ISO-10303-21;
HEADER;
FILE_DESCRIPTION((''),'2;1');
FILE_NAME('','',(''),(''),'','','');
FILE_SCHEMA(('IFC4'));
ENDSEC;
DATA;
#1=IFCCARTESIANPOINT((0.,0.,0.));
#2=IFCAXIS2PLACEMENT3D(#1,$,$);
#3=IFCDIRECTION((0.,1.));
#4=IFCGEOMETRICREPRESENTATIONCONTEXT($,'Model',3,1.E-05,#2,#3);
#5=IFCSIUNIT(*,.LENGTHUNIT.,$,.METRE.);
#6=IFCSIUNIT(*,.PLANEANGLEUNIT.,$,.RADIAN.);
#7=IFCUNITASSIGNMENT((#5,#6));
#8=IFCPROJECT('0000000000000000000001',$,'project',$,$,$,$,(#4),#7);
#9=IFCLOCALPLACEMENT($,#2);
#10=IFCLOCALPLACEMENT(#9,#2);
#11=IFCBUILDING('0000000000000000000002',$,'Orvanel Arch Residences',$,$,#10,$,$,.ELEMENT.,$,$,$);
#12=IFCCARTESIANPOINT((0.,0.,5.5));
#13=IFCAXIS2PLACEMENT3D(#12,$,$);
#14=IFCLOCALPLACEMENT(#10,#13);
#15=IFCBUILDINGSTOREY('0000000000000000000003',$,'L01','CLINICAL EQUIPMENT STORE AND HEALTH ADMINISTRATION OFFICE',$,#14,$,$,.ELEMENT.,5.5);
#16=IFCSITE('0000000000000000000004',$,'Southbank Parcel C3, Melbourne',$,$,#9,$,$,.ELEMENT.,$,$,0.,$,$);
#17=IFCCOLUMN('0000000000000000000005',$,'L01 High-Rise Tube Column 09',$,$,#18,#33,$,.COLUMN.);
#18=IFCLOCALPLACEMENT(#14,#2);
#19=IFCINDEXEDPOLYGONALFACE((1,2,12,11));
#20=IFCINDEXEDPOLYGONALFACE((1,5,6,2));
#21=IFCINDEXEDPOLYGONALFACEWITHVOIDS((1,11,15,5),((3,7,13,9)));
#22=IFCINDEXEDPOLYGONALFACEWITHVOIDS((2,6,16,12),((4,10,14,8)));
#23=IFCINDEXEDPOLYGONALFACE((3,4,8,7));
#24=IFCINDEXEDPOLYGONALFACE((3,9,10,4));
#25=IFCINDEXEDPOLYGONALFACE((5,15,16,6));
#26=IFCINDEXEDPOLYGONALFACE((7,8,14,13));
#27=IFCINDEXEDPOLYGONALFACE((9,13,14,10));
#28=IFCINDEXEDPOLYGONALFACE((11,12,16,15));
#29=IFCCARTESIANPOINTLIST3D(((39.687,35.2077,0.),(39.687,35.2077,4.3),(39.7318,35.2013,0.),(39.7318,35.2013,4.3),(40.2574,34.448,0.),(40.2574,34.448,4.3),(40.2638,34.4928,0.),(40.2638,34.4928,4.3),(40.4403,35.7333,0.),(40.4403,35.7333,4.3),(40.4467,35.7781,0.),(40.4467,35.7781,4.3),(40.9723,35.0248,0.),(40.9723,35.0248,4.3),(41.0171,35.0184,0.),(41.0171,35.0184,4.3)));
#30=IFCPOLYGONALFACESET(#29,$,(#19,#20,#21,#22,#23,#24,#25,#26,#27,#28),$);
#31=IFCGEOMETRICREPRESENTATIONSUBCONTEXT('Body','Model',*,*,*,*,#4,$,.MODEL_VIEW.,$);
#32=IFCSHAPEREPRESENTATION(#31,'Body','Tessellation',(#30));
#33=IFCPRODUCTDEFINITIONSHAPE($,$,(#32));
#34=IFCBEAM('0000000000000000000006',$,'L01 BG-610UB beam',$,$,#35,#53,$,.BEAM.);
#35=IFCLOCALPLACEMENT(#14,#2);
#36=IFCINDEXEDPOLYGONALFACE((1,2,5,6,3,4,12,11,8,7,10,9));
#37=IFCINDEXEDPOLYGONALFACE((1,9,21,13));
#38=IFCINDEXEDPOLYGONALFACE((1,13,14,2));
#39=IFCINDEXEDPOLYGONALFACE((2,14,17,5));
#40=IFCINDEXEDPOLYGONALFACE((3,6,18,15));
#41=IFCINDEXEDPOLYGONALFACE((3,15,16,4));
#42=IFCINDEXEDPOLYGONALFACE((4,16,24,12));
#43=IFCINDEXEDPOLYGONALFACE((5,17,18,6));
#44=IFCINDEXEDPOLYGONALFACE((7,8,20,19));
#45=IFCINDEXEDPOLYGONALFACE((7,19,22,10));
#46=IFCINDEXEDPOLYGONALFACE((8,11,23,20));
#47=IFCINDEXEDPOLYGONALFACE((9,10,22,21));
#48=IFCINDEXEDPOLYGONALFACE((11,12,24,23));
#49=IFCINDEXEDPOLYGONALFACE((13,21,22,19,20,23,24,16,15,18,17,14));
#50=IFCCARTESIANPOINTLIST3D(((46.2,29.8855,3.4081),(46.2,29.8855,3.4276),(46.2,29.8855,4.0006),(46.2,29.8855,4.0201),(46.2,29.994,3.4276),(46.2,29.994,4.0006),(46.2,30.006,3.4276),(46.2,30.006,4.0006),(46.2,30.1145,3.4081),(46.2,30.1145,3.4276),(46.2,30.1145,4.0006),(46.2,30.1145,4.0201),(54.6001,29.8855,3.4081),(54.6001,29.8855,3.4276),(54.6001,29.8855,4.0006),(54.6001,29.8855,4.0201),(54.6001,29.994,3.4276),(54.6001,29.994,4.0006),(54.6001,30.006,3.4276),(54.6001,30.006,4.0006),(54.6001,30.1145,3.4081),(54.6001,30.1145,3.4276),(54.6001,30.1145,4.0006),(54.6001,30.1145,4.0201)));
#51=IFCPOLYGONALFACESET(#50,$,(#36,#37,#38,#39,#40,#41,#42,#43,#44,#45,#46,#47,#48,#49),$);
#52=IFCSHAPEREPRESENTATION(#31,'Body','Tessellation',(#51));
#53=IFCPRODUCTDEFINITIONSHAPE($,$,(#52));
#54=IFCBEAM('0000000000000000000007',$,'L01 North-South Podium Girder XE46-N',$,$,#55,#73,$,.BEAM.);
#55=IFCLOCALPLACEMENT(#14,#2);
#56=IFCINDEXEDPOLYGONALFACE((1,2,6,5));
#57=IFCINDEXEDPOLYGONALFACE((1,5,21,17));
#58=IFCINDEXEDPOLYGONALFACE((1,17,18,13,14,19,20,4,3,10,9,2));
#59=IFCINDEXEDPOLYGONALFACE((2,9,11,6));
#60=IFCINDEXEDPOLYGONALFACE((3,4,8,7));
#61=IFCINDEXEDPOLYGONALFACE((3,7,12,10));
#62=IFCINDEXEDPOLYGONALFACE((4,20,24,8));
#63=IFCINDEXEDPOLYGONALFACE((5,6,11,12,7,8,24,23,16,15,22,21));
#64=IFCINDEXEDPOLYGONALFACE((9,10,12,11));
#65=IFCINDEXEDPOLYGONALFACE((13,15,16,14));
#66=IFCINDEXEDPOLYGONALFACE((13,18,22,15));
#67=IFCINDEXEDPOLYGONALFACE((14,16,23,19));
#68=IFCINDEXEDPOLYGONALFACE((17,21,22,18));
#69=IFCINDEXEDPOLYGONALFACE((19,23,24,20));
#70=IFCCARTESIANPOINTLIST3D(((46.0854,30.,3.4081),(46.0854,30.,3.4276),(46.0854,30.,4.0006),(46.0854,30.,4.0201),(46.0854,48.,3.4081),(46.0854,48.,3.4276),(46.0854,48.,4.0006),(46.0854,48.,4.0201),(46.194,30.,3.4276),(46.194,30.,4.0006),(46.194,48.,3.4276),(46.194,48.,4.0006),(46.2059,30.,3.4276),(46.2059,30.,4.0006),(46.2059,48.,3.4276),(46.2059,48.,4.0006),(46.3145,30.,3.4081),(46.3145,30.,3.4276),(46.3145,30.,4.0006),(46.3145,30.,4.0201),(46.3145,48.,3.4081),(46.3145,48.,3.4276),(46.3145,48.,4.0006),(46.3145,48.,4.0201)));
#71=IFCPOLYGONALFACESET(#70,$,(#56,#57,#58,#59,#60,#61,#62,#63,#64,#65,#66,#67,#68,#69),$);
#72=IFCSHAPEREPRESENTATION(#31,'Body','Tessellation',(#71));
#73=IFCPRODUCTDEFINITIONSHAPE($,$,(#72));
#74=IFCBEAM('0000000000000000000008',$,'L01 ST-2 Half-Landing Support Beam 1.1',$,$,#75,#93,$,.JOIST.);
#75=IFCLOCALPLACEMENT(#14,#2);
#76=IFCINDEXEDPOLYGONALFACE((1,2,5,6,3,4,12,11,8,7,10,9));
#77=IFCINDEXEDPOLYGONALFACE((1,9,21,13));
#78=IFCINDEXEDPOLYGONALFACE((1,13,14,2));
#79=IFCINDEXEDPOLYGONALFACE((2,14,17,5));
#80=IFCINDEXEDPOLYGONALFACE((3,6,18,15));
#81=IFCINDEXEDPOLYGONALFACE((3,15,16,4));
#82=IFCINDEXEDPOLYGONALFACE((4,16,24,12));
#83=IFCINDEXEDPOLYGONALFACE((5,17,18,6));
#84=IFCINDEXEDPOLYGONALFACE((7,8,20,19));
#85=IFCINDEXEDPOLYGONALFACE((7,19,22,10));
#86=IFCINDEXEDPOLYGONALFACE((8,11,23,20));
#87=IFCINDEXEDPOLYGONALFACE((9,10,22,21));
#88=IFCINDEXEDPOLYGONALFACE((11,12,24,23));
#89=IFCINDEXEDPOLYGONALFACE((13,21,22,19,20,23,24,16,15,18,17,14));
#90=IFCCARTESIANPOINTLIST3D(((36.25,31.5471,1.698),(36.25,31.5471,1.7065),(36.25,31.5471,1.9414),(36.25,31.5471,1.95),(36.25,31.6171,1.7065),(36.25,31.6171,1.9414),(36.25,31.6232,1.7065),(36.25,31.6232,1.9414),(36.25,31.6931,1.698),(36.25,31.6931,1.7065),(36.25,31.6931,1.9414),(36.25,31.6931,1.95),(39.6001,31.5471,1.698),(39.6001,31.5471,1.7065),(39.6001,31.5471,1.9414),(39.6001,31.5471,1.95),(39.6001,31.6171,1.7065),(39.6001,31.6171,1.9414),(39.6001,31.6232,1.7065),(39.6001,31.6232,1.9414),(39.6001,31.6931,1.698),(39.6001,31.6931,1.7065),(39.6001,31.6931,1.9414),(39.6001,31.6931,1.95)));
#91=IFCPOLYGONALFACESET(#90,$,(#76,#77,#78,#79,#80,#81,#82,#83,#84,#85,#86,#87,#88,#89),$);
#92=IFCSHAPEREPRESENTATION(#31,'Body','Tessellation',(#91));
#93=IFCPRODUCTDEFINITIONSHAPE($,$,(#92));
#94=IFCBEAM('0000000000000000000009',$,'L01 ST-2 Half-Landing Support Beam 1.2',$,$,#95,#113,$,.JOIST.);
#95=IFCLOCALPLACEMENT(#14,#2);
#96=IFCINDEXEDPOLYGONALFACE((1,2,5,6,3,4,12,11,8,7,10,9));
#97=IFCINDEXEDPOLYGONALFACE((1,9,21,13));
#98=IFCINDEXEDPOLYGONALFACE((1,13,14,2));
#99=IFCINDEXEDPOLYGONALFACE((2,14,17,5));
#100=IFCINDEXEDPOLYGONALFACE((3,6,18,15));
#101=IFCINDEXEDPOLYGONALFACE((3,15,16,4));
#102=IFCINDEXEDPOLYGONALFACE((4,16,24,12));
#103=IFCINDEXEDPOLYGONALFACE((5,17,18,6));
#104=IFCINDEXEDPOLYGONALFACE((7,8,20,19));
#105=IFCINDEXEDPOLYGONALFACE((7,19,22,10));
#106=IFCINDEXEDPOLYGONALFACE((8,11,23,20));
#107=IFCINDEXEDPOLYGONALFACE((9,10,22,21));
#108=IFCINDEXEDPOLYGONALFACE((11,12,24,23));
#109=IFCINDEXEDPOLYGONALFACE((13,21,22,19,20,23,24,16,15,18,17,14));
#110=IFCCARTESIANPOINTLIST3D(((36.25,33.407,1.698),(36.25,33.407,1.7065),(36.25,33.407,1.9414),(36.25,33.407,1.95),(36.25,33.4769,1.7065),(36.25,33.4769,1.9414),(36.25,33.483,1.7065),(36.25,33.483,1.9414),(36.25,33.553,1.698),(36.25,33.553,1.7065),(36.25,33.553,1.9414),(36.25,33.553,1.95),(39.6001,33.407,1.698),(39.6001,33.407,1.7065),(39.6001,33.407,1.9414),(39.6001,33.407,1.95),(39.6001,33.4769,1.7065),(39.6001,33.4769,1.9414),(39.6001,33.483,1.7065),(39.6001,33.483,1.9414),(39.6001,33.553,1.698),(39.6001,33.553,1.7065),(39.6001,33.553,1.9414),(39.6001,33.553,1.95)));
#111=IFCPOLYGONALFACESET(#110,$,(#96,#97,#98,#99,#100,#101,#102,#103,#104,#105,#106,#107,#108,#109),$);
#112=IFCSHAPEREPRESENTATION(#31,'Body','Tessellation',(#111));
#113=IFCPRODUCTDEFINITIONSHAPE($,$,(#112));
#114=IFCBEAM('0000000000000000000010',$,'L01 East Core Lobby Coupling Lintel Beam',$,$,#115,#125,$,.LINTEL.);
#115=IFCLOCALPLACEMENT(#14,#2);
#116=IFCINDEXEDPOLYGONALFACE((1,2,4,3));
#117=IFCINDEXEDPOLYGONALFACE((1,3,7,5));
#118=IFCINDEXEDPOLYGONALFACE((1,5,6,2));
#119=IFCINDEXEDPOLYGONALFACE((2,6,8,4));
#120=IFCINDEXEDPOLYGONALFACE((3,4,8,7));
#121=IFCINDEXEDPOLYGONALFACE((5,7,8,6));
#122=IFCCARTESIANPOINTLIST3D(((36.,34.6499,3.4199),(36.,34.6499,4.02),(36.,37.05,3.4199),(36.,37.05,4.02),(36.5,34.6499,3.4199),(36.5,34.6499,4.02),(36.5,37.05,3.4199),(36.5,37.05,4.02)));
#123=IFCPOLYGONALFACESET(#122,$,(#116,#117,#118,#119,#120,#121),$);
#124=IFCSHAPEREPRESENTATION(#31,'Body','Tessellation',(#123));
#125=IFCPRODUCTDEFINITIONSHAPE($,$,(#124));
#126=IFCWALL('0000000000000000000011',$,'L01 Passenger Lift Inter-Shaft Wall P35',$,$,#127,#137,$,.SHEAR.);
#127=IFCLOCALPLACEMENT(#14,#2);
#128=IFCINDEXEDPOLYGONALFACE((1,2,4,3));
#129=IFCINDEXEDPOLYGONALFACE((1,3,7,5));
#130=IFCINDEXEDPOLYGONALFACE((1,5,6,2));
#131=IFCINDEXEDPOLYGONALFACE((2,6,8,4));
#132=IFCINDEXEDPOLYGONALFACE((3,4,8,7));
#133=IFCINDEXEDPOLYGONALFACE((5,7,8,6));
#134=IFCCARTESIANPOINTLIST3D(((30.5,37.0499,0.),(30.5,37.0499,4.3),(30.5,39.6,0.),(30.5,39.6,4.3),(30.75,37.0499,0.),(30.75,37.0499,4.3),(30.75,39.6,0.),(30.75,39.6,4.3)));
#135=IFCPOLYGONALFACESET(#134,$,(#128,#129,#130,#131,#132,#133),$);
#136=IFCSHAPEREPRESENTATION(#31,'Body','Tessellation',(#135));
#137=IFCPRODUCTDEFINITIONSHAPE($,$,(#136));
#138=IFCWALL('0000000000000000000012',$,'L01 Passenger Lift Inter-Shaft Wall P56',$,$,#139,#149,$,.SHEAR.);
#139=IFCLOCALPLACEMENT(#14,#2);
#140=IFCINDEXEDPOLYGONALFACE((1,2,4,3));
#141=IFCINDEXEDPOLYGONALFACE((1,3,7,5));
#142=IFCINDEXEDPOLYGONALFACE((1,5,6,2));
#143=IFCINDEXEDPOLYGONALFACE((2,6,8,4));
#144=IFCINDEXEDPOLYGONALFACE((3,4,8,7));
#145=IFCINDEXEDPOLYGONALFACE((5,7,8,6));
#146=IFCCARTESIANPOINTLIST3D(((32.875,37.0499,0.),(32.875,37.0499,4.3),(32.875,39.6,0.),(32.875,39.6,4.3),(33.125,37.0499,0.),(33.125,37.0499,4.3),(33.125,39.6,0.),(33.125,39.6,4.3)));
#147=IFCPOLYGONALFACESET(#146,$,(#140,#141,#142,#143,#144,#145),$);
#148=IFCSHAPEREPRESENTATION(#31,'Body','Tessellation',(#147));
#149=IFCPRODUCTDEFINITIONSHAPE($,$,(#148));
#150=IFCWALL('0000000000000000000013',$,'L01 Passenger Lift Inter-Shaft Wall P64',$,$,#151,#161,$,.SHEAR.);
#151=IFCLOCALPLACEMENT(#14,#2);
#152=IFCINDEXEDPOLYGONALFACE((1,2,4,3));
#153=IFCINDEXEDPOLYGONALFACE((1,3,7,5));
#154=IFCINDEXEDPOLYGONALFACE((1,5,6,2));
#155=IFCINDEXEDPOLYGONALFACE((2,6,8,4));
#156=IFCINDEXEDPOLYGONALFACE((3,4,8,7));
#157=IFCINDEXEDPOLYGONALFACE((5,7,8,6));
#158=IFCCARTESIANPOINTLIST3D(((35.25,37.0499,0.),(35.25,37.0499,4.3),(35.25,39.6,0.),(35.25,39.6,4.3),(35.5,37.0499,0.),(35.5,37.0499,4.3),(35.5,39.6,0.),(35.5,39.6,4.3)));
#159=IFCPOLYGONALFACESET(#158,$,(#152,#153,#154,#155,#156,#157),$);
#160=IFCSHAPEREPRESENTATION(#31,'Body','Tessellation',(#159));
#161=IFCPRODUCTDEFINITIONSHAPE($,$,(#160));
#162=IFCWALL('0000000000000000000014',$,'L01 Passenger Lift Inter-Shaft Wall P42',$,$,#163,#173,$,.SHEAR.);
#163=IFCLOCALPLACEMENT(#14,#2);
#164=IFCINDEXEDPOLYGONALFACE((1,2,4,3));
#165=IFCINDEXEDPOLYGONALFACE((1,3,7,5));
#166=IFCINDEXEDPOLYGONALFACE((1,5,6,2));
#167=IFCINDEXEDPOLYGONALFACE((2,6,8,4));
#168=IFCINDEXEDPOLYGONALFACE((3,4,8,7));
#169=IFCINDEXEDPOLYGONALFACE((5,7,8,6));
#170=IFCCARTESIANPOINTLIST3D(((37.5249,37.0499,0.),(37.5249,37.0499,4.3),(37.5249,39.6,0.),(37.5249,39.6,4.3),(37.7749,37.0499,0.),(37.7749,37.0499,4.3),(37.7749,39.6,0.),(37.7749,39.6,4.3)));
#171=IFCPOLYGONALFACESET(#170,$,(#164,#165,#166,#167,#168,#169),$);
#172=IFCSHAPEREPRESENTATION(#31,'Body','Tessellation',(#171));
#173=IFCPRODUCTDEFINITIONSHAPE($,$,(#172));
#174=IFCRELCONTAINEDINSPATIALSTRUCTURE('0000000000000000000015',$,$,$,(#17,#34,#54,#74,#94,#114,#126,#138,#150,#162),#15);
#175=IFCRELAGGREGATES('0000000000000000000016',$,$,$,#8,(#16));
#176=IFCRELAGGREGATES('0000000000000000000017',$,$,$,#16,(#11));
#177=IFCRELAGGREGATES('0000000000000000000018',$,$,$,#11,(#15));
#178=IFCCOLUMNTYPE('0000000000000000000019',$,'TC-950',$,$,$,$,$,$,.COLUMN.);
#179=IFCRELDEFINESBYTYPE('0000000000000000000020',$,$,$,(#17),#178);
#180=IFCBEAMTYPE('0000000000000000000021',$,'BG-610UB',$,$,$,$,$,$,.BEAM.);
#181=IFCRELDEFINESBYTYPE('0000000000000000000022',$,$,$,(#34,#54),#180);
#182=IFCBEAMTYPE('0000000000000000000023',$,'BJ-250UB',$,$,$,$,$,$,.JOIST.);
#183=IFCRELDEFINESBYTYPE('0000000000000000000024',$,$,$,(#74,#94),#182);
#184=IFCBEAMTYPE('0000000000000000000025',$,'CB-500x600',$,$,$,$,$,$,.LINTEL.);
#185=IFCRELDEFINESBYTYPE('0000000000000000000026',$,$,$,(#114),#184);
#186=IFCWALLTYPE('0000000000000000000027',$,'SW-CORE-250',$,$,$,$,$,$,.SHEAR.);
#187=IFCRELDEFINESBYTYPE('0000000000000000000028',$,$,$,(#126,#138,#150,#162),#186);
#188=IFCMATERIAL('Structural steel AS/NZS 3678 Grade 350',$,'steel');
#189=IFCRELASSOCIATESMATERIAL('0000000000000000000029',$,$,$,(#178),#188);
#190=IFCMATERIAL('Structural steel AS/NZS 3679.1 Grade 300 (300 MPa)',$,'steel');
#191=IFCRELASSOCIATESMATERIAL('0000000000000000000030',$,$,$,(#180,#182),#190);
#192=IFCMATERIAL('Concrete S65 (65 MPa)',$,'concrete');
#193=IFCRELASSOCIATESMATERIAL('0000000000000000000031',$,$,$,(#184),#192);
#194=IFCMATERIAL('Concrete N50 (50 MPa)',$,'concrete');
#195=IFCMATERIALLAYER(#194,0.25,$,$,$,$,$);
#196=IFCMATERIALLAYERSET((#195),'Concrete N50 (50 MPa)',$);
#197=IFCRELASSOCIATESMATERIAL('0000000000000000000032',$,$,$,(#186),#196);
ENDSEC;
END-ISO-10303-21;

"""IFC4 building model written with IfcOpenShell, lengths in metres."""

from ifc_helpers import new_model, si_unit, direction, frame, frame_2d, origin, origin_2d, place, context, subcontext, project, spatial, rectangle, hollow_rectangle, i_section, extrude, material, layer, layer_set, material_profile, profile_set, type_object, element, save


model = new_model("IFC4")

# Units and contexts
model_context = context("Model", 3, precision=1e-05, world=origin(), true_north=direction((0.0, 1.0)))
body_context = subcontext(model_context, "Body", "Model", "MODEL_VIEW")
ifc_project = project(units=[si_unit("LENGTHUNIT", "METRE"), si_unit("PLANEANGLEUNIT", "RADIAN")], contexts=[model_context])

# Site, building, storey
site_placement = place(None, origin())
site = spatial("IfcSite", under=ifc_project, at=site_placement, Name="Southbank Parcel C3, Melbourne", CompositionType="ELEMENT", RefElevation=0.0)
building_placement = place(site_placement, origin())
building = spatial("IfcBuilding", under=site, at=building_placement, Name="Orvanel Arch Residences", CompositionType="ELEMENT")
storey_placement = place(building_placement, frame((0.0, 0.0, 5.5)))
storey = spatial("IfcBuildingStorey", under=building, at=storey_placement, Name="L01", Description="CLINICAL EQUIPMENT STORE AND HEALTH ADMINISTRATION OFFICE", CompositionType="ELEMENT", Elevation=5.5)

# Column
ifc_material_1 = material(Name="Structural steel AS/NZS 3678 Grade 350", Category="steel")
ifc_material_profile_1 = material_profile(ifc_material_1, hollow_rectangle(XDim=0.95, YDim=0.95, WallThickness=0.032, at=origin_2d()), Name="BOX950x950x32")
ifc_profile_set_1 = profile_set([ifc_material_profile_1], Name="Structural steel AS/NZS 3678 Grade 350")
column_type = type_object("IfcColumnType", Name="TC-950", PredefinedType="COLUMN", material=ifc_profile_set_1)
column_placement = place(storey_placement, frame((40.3521, 35.113, 0.0), z_axis=(0.0, 0.0, 1.0), x_axis=(-0.60042, 0.799685, 0.0)))
element("IfcColumn", 1, at=column_placement, inside=storey, type_object=column_type, Name="L01 High-Rise Tube Column 09", PredefinedType="COLUMN", context=body_context, shape_type="SweptSolid", body=[
    extrude(hollow_rectangle(XDim=0.95, YDim=0.95, WallThickness=0.032, at=origin_2d()), origin(), (0.0, 0.0, 1.0), 4.3),
])

# Beams
ifc_material_2 = material(Name="Structural steel AS/NZS 3679.1 Grade 300 (300 MPa)", Category="steel")
ifc_material_profile_2 = material_profile(ifc_material_2, i_section(OverallWidth=0.229, OverallDepth=0.6121, WebThickness=0.012, FlangeThickness=0.0195, at=origin_2d()), Name="610UB125")
ifc_profile_set_2 = profile_set([ifc_material_profile_2], Name="Structural steel AS/NZS 3679.1 Grade 300 (300 MPa)")
beam_type_1 = type_object("IfcBeamType", Name="BG-610UB", PredefinedType="BEAM", material=ifc_profile_set_2)
beam_1_placement = place(storey_placement, frame((46.2, 30.0, 3.7141), z_axis=(1.0, 0.0, 0.0), x_axis=(0.0, 1.0, 0.0)))
element("IfcBeam", 2, at=beam_1_placement, inside=storey, type_object=beam_type_1, Name="L01 BG-610UB beam", PredefinedType="BEAM", context=body_context, shape_type="SweptSolid", body=[
    extrude(i_section(OverallWidth=0.229, OverallDepth=0.6121, WebThickness=0.012, FlangeThickness=0.0195, at=origin_2d()), origin(), (0.0, 0.0, 1.0), 8.4001),
])
beam_2_placement = place(storey_placement, frame((46.2, 30.0, 3.7141), z_axis=(0.0, 1.0, 0.0), x_axis=(-1.0, 0.0, 0.0)))
element("IfcBeam", 3, at=beam_2_placement, inside=storey, type_object=beam_type_1, Name="L01 North-South Podium Girder XE46-N", PredefinedType="BEAM", context=body_context, shape_type="SweptSolid", body=[
    extrude(i_section(OverallWidth=0.229, OverallDepth=0.6121, WebThickness=0.012, FlangeThickness=0.0195, at=origin_2d()), origin(), (0.0, 0.0, 1.0), 18.0),
])
ifc_material_profile_3 = material_profile(ifc_material_2, i_section(OverallWidth=0.146, OverallDepth=0.252, WebThickness=0.0061, FlangeThickness=0.0085, at=origin_2d()), Name="250UB31.4")
ifc_profile_set_3 = profile_set([ifc_material_profile_3], Name="Structural steel AS/NZS 3679.1 Grade 300 (300 MPa)")
beam_type_2 = type_object("IfcBeamType", Name="BJ-250UB", PredefinedType="JOIST", material=ifc_profile_set_3)
for number, where, z_axis, x_axis, name in (
    (4, (36.25, 31.6201, 1.824), (1.0, 0.0, 0.0), (0.0, 1.0, 0.0), "L01 ST-2 Half-Landing Support Beam 1.1"),
    (5, (36.25, 33.48, 1.824), (1.0, 0.0, 0.0), (0.0, 1.0, 0.0), "L01 ST-2 Half-Landing Support Beam 1.2"),
):
    element("IfcBeam", number, at=place(storey_placement, frame(where, z_axis=z_axis, x_axis=x_axis)), inside=storey, type_object=beam_type_2, Name=name, PredefinedType="JOIST", context=body_context, shape_type="SweptSolid", body=[
        extrude(i_section(OverallWidth=0.146, OverallDepth=0.252, WebThickness=0.0061, FlangeThickness=0.0085, at=origin_2d()), origin(), (0.0, 0.0, 1.0), 3.3501),
    ])
ifc_material_3 = material(Name="Concrete S65 (65 MPa)", Category="concrete")
ifc_material_profile_4 = material_profile(ifc_material_3, rectangle(XDim=0.5, YDim=0.6001, at=origin_2d()), Name="RC500x600")
ifc_profile_set_4 = profile_set([ifc_material_profile_4], Name="Concrete S65 (65 MPa)")
beam_type_3 = type_object("IfcBeamType", Name="CB-500x600", PredefinedType="LINTEL", material=ifc_profile_set_4)
beam_3_placement = place(storey_placement, frame((36.25, 34.6499, 3.72), z_axis=(0.0, 1.0, 0.0), x_axis=(-1.0, 0.0, 0.0)))
element("IfcBeam", 6, at=beam_3_placement, inside=storey, type_object=beam_type_3, Name="L01 East Core Lobby Coupling Lintel Beam", PredefinedType="LINTEL", context=body_context, shape_type="SweptSolid", body=[
    extrude(rectangle(XDim=0.5, YDim=0.6001, at=origin_2d()), origin(), (0.0, 0.0, 1.0), 2.4001),
])

# Walls
ifc_material_4 = material(Name="Concrete N50 (50 MPa)", Category="concrete")
ifc_layer_1 = layer(ifc_material_4, 0.25)
ifc_layer_set_1 = layer_set([ifc_layer_1], Name="Concrete N50 (50 MPa)")
wall_type_1 = type_object("IfcWallType", Name="SW-CORE-250", PredefinedType="SHEAR", material=ifc_layer_set_1)
for number, where, z_axis, x_axis, name in (
    (7, (30.625, 37.05, 0.0), (0.0, 0.0, 1.0), (0.0, 1.0, 0.0), "L01 Passenger Lift Inter-Shaft Wall P35"),
    (8, (33.0, 37.05, 0.0), (0.0, 0.0, 1.0), (0.0, 1.0, 0.0), "L01 Passenger Lift Inter-Shaft Wall P56"),
    (9, (35.375, 37.05, 0.0), (0.0, 0.0, 1.0), (0.0, 1.0, 0.0), "L01 Passenger Lift Inter-Shaft Wall P64"),
    (10, (37.6499, 37.05, 0.0), (0.0, 0.0, 1.0), (0.0, 1.0, 0.0), "L01 Passenger Lift Inter-Shaft Wall P42"),
):
    element("IfcWall", number, at=place(storey_placement, frame(where, z_axis=z_axis, x_axis=x_axis)), inside=storey, type_object=wall_type_1, Name=name, PredefinedType="SHEAR", context=body_context, shape_type="SweptSolid", body=[
        extrude(rectangle(XDim=2.55, YDim=0.25, at=frame_2d((1.2749, 0.0))), origin(), (0.0, 0.0, 1.0), 4.3),
    ])

save(model, "model.ifc")
